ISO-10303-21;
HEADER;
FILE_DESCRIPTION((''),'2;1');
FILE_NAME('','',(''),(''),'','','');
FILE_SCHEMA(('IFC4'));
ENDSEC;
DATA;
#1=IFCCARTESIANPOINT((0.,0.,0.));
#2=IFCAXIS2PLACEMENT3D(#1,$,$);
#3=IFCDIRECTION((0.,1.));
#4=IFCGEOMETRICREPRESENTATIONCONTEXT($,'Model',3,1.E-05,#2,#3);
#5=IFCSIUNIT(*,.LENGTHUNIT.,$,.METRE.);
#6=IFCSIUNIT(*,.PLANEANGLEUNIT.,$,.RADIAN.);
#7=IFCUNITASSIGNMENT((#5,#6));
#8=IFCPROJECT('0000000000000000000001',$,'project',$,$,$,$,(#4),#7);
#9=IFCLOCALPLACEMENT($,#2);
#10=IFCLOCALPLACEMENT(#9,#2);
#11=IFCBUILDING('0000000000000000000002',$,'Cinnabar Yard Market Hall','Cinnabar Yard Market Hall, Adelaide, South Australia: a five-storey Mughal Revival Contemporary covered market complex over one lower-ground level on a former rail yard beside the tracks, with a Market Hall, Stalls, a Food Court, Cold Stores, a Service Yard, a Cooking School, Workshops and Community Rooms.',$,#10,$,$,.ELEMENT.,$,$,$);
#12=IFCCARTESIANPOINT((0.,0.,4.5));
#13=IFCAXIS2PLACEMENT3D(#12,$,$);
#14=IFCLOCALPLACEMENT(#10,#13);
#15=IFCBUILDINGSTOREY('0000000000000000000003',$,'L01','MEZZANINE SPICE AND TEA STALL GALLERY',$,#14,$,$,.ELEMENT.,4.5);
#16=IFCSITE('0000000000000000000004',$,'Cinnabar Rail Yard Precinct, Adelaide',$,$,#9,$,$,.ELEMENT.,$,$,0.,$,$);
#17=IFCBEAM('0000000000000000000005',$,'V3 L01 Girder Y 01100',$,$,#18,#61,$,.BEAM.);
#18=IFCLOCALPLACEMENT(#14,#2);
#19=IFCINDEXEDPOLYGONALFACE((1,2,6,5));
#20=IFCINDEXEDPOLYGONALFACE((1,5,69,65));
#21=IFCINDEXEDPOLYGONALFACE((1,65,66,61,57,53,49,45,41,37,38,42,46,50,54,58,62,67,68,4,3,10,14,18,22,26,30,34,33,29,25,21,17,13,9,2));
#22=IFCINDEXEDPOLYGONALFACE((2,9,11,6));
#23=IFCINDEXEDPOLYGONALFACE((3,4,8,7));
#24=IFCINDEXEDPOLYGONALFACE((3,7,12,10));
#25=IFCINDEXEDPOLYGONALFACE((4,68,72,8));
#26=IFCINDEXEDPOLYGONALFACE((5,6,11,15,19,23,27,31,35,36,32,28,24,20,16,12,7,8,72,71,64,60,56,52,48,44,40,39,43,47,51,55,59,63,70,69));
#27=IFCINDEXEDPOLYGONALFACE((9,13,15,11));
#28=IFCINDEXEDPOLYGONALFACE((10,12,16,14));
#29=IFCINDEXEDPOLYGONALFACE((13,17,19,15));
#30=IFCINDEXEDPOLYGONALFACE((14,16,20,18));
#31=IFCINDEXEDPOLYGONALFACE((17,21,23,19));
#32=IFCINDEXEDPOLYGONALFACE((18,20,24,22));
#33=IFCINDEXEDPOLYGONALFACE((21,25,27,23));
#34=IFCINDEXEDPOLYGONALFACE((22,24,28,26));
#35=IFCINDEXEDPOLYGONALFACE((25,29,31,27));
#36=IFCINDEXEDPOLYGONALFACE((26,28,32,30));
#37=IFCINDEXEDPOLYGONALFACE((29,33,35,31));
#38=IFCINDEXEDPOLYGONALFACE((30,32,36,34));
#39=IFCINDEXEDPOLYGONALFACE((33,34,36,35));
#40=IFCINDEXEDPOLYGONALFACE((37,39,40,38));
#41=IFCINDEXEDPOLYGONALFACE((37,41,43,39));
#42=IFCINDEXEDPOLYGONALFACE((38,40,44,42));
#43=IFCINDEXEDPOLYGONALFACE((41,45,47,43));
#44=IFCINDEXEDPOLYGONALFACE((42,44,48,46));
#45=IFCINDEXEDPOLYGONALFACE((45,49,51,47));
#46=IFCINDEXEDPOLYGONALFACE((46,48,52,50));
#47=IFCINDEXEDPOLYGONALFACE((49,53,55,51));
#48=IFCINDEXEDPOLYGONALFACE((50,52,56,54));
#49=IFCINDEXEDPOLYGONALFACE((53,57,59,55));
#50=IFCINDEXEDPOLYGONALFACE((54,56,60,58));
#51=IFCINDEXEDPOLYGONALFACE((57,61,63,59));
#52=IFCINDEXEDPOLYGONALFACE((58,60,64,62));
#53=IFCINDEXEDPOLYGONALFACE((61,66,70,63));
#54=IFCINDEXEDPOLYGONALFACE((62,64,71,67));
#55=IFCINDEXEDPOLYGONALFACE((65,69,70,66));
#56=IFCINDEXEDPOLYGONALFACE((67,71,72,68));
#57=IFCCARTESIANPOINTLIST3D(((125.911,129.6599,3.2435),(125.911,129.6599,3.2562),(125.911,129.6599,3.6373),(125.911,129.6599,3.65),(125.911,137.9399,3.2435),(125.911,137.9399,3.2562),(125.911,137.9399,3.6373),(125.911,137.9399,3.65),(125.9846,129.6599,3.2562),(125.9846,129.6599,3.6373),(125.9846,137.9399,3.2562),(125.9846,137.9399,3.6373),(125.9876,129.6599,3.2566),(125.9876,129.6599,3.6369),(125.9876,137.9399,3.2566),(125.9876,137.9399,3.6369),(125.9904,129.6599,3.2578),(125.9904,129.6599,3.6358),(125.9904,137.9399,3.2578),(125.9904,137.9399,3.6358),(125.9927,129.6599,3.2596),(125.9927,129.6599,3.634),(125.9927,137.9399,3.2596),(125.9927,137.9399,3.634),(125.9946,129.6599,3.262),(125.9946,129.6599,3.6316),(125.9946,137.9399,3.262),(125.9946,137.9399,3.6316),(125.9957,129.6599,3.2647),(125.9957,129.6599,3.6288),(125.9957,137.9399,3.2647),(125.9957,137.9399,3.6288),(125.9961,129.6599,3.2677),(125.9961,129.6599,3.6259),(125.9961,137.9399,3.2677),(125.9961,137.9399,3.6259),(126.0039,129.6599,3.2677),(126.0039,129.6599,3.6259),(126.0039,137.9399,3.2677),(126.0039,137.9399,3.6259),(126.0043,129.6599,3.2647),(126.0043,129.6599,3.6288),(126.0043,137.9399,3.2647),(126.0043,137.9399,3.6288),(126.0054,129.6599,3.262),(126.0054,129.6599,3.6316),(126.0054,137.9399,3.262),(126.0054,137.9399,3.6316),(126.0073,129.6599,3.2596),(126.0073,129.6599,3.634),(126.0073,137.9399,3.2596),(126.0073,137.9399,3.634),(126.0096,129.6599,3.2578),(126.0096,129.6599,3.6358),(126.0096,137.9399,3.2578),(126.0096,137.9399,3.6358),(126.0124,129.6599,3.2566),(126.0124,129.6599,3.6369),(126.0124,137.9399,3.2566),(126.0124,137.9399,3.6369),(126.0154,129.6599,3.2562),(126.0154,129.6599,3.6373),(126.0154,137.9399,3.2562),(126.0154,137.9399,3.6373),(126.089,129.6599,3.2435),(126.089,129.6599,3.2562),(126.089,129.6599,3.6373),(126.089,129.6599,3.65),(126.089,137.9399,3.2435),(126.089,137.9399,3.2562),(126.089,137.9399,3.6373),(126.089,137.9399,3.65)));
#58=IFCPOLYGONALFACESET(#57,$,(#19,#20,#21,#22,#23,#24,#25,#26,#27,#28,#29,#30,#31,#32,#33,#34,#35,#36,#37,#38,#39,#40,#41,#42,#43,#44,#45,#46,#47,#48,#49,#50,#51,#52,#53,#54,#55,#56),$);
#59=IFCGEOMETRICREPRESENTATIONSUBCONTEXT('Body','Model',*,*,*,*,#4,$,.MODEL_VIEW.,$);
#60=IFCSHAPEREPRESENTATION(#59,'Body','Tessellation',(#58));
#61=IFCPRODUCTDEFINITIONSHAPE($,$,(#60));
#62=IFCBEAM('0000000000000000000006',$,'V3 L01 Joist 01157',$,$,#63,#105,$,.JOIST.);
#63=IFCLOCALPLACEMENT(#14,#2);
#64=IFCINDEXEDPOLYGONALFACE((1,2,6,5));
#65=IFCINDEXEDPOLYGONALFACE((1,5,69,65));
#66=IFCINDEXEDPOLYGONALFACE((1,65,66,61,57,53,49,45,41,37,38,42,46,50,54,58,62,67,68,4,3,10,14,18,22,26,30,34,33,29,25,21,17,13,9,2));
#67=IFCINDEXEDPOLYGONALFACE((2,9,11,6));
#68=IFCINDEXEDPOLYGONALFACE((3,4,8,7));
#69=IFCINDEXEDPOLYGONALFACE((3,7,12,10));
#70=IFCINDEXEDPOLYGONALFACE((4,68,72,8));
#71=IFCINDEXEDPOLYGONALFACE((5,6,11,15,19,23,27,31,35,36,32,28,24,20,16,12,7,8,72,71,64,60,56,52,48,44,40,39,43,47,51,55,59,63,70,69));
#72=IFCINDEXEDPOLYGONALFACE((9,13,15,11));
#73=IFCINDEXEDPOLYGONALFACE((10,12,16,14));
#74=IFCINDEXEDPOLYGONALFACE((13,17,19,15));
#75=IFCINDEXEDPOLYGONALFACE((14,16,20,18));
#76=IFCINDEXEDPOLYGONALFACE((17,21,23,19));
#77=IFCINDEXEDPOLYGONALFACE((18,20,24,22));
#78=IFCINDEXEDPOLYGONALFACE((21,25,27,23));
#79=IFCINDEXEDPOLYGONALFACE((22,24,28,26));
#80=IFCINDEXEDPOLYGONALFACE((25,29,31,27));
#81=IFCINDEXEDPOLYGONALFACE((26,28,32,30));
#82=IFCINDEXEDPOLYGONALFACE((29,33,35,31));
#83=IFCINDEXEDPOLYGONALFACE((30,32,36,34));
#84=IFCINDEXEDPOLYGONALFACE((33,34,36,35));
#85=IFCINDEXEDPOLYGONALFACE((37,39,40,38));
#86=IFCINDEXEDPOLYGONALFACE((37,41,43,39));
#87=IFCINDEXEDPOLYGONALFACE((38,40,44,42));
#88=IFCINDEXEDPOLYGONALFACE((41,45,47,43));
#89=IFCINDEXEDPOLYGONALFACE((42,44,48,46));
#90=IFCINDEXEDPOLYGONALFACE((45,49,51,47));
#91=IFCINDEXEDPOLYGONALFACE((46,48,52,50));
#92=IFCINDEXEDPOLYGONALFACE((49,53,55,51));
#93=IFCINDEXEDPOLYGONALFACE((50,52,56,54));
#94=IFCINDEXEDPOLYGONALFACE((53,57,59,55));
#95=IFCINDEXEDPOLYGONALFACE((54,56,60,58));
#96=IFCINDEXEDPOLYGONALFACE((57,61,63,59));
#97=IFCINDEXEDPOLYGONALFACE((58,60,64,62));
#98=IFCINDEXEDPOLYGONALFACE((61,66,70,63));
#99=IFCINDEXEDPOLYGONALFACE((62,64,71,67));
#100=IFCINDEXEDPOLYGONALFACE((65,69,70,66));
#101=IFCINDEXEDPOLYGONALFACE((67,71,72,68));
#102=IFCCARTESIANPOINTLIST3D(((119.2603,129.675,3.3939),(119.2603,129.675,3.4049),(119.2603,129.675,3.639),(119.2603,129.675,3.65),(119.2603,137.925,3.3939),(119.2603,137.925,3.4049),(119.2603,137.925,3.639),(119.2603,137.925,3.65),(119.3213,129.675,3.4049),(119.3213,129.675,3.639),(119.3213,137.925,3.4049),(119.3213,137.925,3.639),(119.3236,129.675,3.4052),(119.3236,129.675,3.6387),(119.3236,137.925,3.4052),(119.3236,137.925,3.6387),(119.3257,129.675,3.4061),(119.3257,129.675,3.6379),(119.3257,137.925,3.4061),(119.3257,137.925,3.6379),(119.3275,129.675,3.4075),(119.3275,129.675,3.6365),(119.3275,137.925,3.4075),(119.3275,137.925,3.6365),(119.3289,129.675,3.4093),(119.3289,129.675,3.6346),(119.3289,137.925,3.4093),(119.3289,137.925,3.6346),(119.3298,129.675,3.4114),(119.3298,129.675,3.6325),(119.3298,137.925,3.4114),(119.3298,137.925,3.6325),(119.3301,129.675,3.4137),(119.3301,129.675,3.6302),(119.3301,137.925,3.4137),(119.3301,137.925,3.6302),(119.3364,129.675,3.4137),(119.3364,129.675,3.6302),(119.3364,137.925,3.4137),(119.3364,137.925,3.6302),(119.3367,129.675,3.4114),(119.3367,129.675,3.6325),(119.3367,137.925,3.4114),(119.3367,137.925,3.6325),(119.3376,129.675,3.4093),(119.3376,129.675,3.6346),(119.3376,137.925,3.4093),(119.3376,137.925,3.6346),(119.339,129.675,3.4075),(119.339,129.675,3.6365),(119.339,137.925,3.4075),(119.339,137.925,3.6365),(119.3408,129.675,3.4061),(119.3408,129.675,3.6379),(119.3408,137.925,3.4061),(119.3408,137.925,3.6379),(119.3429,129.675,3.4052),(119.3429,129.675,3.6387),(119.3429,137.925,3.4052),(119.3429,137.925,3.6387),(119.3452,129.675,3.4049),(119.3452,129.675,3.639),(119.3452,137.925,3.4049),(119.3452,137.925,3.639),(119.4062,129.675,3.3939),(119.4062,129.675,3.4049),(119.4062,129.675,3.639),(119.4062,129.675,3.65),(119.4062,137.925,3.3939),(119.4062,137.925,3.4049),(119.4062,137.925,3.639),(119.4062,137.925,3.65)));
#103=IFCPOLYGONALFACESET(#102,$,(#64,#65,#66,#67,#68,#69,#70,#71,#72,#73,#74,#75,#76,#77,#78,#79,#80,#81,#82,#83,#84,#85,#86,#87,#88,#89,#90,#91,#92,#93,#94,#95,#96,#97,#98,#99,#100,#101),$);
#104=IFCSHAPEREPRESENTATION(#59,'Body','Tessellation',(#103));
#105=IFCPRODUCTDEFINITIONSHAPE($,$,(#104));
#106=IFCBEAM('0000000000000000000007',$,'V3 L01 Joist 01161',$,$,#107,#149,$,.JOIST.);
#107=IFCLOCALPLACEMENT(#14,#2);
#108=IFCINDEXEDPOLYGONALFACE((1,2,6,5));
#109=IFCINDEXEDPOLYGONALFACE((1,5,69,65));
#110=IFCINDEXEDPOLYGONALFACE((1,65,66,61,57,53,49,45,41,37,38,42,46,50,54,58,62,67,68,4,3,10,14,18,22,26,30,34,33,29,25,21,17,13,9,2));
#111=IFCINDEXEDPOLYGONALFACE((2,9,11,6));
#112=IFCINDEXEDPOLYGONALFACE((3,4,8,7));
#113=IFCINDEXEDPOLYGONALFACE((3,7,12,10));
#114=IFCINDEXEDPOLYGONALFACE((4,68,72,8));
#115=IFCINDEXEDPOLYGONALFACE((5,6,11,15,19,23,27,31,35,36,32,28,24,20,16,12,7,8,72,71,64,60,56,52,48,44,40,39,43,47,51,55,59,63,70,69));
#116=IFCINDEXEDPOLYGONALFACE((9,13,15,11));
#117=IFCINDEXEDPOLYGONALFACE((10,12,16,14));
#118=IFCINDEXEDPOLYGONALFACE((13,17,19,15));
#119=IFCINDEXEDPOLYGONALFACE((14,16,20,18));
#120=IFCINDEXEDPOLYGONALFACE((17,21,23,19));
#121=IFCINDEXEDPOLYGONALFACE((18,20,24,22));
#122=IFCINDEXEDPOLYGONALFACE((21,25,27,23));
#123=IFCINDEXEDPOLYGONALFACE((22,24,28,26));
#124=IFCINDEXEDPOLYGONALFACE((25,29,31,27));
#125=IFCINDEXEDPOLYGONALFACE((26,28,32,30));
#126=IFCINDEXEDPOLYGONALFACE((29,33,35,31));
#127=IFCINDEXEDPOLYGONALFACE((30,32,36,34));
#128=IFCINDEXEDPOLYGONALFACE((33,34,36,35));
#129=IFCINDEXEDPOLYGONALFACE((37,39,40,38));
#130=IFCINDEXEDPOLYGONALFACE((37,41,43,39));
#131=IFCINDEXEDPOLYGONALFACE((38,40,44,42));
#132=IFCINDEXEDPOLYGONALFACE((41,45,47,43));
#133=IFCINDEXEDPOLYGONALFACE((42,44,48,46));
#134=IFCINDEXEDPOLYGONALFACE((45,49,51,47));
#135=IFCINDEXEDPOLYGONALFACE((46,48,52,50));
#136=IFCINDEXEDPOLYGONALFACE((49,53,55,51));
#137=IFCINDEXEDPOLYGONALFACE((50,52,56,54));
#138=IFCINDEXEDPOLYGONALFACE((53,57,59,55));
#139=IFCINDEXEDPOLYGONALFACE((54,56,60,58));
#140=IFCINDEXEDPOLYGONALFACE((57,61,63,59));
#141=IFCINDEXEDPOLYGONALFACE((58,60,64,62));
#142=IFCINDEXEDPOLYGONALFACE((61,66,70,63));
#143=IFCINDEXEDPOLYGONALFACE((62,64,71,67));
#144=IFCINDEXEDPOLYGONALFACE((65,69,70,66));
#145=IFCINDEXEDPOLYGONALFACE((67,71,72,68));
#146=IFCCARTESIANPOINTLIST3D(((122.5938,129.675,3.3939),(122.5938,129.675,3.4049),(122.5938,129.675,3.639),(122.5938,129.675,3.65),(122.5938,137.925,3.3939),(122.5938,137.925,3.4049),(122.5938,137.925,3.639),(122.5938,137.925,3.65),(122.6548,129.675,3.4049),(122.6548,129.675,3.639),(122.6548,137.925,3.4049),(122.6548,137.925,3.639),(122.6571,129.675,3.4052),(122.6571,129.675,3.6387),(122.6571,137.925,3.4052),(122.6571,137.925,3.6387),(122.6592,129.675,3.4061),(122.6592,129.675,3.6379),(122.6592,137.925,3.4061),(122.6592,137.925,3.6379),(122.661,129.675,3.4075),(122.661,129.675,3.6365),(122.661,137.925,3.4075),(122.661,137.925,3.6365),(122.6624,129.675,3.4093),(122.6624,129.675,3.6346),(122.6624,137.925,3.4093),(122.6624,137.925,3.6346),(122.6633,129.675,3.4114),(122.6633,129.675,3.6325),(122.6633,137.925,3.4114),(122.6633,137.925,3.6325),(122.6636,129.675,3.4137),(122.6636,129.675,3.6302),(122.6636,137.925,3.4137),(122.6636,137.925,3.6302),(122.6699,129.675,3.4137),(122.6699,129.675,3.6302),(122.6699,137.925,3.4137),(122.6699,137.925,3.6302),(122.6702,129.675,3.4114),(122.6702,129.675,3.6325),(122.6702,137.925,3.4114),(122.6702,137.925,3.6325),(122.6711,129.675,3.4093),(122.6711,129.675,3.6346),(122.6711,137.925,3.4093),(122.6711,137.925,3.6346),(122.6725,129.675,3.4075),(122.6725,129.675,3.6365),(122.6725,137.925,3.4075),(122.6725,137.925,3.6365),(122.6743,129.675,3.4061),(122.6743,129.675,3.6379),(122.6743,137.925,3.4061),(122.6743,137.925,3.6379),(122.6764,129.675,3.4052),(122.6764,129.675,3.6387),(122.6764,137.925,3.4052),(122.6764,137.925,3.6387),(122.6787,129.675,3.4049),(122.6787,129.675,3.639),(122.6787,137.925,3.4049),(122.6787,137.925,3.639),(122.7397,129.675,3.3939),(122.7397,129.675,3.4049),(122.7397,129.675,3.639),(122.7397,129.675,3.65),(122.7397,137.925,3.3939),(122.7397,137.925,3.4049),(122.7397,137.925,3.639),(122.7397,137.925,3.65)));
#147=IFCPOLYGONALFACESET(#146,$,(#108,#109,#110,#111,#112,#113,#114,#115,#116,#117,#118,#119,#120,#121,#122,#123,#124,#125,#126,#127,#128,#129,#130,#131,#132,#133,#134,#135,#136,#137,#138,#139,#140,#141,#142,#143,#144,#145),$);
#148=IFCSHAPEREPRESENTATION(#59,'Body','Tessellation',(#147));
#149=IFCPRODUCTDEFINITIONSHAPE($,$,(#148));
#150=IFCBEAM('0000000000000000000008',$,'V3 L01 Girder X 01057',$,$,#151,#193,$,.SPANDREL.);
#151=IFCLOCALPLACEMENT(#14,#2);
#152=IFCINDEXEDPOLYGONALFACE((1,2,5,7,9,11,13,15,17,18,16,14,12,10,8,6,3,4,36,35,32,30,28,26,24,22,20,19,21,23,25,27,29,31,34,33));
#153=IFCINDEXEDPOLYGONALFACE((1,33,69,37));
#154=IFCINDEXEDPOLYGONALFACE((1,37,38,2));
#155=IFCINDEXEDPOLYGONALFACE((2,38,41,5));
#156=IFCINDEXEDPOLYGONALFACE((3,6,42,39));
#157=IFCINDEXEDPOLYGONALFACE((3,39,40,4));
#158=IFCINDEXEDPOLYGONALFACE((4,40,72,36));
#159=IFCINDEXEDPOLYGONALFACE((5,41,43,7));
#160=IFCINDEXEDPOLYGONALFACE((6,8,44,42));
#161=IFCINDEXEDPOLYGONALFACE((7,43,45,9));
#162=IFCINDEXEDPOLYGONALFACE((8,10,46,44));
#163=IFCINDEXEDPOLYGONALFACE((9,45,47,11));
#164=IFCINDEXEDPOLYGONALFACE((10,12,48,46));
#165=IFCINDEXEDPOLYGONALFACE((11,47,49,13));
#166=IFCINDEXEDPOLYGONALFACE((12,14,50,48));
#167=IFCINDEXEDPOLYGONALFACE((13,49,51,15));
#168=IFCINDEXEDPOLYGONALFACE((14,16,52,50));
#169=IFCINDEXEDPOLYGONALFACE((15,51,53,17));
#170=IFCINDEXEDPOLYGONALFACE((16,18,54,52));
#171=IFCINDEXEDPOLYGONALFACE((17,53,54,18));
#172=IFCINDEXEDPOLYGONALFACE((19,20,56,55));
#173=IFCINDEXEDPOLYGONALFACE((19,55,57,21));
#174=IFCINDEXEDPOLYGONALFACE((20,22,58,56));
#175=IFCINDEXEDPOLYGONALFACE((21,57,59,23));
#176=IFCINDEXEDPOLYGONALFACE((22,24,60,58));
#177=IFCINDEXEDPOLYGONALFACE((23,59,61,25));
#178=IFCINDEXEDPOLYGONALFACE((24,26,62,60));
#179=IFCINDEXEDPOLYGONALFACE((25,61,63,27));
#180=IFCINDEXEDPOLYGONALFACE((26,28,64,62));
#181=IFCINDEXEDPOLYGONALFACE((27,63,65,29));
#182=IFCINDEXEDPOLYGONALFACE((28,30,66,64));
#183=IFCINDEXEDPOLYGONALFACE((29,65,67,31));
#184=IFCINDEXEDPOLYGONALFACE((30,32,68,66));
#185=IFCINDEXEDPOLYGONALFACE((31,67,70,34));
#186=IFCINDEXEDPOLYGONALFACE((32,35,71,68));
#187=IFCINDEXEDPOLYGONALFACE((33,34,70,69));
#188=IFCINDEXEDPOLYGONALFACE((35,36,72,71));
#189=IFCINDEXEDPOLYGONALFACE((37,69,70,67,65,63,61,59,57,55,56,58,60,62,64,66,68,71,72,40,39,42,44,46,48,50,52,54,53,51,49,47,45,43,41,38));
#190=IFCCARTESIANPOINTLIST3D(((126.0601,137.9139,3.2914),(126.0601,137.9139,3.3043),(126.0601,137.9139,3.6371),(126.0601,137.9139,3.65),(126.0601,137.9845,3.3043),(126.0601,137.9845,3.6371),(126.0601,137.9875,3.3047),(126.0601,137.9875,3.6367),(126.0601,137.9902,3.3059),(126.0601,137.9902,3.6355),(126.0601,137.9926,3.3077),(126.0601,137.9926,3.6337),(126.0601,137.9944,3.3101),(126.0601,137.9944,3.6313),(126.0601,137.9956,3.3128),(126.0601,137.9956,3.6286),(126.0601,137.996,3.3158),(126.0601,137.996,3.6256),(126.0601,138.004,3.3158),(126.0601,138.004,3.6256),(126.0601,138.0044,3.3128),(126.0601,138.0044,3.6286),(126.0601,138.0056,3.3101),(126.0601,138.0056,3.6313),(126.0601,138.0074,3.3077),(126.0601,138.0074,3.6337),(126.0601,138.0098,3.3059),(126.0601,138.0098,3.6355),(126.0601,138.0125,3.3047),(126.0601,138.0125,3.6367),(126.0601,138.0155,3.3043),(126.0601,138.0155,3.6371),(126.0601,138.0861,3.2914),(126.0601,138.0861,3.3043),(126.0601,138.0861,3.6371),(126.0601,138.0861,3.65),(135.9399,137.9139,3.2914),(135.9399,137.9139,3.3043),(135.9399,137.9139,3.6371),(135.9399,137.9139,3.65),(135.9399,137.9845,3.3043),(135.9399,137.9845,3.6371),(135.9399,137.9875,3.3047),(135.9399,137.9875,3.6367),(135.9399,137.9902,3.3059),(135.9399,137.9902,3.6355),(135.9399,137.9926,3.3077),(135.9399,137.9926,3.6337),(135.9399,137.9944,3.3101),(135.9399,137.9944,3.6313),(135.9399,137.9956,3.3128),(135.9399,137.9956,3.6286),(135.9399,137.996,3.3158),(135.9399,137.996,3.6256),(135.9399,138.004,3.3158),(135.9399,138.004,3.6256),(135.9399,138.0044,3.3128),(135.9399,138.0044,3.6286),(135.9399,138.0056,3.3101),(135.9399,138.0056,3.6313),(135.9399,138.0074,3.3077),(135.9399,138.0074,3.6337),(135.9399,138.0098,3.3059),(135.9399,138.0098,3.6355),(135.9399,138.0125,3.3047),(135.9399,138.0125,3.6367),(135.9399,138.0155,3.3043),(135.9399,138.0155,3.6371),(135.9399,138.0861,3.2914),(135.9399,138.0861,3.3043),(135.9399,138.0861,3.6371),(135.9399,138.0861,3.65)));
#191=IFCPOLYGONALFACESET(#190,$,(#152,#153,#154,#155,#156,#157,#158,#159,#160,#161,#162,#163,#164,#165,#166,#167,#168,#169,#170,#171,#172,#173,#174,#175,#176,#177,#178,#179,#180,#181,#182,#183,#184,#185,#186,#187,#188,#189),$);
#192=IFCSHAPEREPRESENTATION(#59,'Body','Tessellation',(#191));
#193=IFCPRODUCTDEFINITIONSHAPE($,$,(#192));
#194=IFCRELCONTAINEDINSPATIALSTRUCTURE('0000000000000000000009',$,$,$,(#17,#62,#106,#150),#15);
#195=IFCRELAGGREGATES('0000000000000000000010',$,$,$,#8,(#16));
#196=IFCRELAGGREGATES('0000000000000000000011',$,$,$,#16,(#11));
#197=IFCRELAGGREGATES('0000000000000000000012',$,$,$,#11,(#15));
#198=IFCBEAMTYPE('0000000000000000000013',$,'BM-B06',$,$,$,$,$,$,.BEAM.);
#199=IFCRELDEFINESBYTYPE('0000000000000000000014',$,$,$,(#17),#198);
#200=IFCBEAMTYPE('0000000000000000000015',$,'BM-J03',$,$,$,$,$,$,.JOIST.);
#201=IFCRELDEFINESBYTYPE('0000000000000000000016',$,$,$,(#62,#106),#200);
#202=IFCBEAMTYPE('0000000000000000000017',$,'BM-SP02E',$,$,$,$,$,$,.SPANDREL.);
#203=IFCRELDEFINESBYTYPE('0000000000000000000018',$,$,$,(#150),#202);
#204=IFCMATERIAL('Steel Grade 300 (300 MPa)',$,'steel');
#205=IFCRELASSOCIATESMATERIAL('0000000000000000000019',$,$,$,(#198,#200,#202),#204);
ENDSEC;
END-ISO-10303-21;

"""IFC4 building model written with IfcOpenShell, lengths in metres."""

from ifc_helpers import new_model, si_unit, direction, frame, origin, origin_2d_with_axis, place, context, subcontext, project, spatial, i_section, extrude, material, material_profile, profile_set, type_object, element, save


model = new_model("IFC4")

# Units and contexts
model_context = context("Model", 3, precision=1e-05, world=origin(), true_north=direction((0.0, 1.0)))
body_context = subcontext(model_context, "Body", "Model", "MODEL_VIEW")
ifc_project = project(units=[si_unit("LENGTHUNIT", "METRE"), si_unit("PLANEANGLEUNIT", "RADIAN")], contexts=[model_context])

# Site, building, storey
site_placement = place(None, origin())
site = spatial("IfcSite", under=ifc_project, at=site_placement, Name="Cinnabar Rail Yard Precinct, Adelaide", CompositionType="ELEMENT", RefElevation=0.0)
building_placement = place(site_placement, origin())
building = spatial("IfcBuilding", under=site, at=building_placement, Name="Cinnabar Yard Market Hall", Description="Cinnabar Yard Market Hall, Adelaide, South Australia: a five-storey Mughal Revival Contemporary covered market complex over one lower-ground level on a former rail yard beside the tracks, with a Market Hall, Stalls, a Food Court, Cold Stores, a Service Yard, a Cooking School, Workshops and Community Rooms.", CompositionType="ELEMENT")
storey_placement = place(building_placement, frame((0.0, 0.0, 4.5)))
storey = spatial("IfcBuildingStorey", under=building, at=storey_placement, Name="L01", Description="MEZZANINE SPICE AND TEA STALL GALLERY", CompositionType="ELEMENT", Elevation=4.5)

# Beams
ifc_material_1 = material(Name="Steel Grade 300 (300 MPa)", Category="steel")
ifc_material_profile_1 = material_profile(ifc_material_1, i_section(OverallWidth=0.178, OverallDepth=0.4065, WebThickness=0.0078, FlangeThickness=0.0127, FilletRadius=0.0115, at=origin_2d_with_axis()), Name="410UB59.7")
ifc_profile_set_1 = profile_set([ifc_material_profile_1], Name="Steel Grade 300 (300 MPa)")
beam_type_1 = type_object("IfcBeamType", Name="BM-B06", PredefinedType="BEAM", material=ifc_profile_set_1)
beam_1_placement = place(storey_placement, frame((126.0, 129.6599, 3.4468), z_axis=(0.0, 1.0, 0.0), x_axis=(-1.0, 0.0, 0.0)))
element("IfcBeam", 1, at=beam_1_placement, inside=storey, type_object=beam_type_1, Name="V3 L01 Girder Y 01100", PredefinedType="BEAM", context=body_context, shape_type="SweptSolid", body=[
    extrude(i_section(OverallWidth=0.178, OverallDepth=0.4065, WebThickness=0.0078, FlangeThickness=0.0127, FilletRadius=0.0115, at=origin_2d_with_axis()), origin(), (0.0, 0.0, 1.0), 8.28),
])
ifc_material_profile_2 = material_profile(ifc_material_1, i_section(OverallWidth=0.146, OverallDepth=0.2561, WebThickness=0.0063, FlangeThickness=0.011, FilletRadius=0.0088, at=origin_2d_with_axis()), Name="250UB37.3")
ifc_profile_set_2 = profile_set([ifc_material_profile_2], Name="Steel Grade 300 (300 MPa)")
beam_type_2 = type_object("IfcBeamType", Name="BM-J03", PredefinedType="JOIST", material=ifc_profile_set_2)
for number, where, z_axis, x_axis, name in (
    (2, (119.3333, 129.675, 3.522), (0.0, 1.0, 0.0), (-1.0, 0.0, 0.0), "V3 L01 Joist 01157"),
    (3, (122.6667, 129.675, 3.522), (0.0, 1.0, 0.0), (-1.0, 0.0, 0.0), "V3 L01 Joist 01161"),
):
    element("IfcBeam", number, at=place(storey_placement, frame(where, z_axis=z_axis, x_axis=x_axis)), inside=storey, type_object=beam_type_2, Name=name, PredefinedType="JOIST", context=body_context, shape_type="SweptSolid", body=[
        extrude(i_section(OverallWidth=0.146, OverallDepth=0.2561, WebThickness=0.0063, FlangeThickness=0.011, FilletRadius=0.0088, at=origin_2d_with_axis()), origin(), (0.0, 0.0, 1.0), 8.25),
    ])
ifc_material_profile_3 = material_profile(ifc_material_1, i_section(OverallWidth=0.1721, OverallDepth=0.3586, WebThickness=0.0081, FlangeThickness=0.0129, FilletRadius=0.0115, at=origin_2d_with_axis()), Name="360UB56.7")
ifc_profile_set_3 = profile_set([ifc_material_profile_3], Name="Steel Grade 300 (300 MPa)")
beam_type_3 = type_object("IfcBeamType", Name="BM-SP02E", PredefinedType="SPANDREL", material=ifc_profile_set_3)
beam_2_placement = place(storey_placement, frame((126.0601, 138.0, 3.4707), z_axis=(1.0, 0.0, 0.0), x_axis=(0.0, 1.0, 0.0)))
element("IfcBeam", 4, at=beam_2_placement, inside=storey, type_object=beam_type_3, Name="V3 L01 Girder X 01057", PredefinedType="SPANDREL", context=body_context, shape_type="SweptSolid", body=[
    extrude(i_section(OverallWidth=0.1721, OverallDepth=0.3586, WebThickness=0.0081, FlangeThickness=0.0129, FilletRadius=0.0115, at=origin_2d_with_axis()), origin(), (0.0, 0.0, 1.0), 9.8799),
])

save(model, "model.ifc")
